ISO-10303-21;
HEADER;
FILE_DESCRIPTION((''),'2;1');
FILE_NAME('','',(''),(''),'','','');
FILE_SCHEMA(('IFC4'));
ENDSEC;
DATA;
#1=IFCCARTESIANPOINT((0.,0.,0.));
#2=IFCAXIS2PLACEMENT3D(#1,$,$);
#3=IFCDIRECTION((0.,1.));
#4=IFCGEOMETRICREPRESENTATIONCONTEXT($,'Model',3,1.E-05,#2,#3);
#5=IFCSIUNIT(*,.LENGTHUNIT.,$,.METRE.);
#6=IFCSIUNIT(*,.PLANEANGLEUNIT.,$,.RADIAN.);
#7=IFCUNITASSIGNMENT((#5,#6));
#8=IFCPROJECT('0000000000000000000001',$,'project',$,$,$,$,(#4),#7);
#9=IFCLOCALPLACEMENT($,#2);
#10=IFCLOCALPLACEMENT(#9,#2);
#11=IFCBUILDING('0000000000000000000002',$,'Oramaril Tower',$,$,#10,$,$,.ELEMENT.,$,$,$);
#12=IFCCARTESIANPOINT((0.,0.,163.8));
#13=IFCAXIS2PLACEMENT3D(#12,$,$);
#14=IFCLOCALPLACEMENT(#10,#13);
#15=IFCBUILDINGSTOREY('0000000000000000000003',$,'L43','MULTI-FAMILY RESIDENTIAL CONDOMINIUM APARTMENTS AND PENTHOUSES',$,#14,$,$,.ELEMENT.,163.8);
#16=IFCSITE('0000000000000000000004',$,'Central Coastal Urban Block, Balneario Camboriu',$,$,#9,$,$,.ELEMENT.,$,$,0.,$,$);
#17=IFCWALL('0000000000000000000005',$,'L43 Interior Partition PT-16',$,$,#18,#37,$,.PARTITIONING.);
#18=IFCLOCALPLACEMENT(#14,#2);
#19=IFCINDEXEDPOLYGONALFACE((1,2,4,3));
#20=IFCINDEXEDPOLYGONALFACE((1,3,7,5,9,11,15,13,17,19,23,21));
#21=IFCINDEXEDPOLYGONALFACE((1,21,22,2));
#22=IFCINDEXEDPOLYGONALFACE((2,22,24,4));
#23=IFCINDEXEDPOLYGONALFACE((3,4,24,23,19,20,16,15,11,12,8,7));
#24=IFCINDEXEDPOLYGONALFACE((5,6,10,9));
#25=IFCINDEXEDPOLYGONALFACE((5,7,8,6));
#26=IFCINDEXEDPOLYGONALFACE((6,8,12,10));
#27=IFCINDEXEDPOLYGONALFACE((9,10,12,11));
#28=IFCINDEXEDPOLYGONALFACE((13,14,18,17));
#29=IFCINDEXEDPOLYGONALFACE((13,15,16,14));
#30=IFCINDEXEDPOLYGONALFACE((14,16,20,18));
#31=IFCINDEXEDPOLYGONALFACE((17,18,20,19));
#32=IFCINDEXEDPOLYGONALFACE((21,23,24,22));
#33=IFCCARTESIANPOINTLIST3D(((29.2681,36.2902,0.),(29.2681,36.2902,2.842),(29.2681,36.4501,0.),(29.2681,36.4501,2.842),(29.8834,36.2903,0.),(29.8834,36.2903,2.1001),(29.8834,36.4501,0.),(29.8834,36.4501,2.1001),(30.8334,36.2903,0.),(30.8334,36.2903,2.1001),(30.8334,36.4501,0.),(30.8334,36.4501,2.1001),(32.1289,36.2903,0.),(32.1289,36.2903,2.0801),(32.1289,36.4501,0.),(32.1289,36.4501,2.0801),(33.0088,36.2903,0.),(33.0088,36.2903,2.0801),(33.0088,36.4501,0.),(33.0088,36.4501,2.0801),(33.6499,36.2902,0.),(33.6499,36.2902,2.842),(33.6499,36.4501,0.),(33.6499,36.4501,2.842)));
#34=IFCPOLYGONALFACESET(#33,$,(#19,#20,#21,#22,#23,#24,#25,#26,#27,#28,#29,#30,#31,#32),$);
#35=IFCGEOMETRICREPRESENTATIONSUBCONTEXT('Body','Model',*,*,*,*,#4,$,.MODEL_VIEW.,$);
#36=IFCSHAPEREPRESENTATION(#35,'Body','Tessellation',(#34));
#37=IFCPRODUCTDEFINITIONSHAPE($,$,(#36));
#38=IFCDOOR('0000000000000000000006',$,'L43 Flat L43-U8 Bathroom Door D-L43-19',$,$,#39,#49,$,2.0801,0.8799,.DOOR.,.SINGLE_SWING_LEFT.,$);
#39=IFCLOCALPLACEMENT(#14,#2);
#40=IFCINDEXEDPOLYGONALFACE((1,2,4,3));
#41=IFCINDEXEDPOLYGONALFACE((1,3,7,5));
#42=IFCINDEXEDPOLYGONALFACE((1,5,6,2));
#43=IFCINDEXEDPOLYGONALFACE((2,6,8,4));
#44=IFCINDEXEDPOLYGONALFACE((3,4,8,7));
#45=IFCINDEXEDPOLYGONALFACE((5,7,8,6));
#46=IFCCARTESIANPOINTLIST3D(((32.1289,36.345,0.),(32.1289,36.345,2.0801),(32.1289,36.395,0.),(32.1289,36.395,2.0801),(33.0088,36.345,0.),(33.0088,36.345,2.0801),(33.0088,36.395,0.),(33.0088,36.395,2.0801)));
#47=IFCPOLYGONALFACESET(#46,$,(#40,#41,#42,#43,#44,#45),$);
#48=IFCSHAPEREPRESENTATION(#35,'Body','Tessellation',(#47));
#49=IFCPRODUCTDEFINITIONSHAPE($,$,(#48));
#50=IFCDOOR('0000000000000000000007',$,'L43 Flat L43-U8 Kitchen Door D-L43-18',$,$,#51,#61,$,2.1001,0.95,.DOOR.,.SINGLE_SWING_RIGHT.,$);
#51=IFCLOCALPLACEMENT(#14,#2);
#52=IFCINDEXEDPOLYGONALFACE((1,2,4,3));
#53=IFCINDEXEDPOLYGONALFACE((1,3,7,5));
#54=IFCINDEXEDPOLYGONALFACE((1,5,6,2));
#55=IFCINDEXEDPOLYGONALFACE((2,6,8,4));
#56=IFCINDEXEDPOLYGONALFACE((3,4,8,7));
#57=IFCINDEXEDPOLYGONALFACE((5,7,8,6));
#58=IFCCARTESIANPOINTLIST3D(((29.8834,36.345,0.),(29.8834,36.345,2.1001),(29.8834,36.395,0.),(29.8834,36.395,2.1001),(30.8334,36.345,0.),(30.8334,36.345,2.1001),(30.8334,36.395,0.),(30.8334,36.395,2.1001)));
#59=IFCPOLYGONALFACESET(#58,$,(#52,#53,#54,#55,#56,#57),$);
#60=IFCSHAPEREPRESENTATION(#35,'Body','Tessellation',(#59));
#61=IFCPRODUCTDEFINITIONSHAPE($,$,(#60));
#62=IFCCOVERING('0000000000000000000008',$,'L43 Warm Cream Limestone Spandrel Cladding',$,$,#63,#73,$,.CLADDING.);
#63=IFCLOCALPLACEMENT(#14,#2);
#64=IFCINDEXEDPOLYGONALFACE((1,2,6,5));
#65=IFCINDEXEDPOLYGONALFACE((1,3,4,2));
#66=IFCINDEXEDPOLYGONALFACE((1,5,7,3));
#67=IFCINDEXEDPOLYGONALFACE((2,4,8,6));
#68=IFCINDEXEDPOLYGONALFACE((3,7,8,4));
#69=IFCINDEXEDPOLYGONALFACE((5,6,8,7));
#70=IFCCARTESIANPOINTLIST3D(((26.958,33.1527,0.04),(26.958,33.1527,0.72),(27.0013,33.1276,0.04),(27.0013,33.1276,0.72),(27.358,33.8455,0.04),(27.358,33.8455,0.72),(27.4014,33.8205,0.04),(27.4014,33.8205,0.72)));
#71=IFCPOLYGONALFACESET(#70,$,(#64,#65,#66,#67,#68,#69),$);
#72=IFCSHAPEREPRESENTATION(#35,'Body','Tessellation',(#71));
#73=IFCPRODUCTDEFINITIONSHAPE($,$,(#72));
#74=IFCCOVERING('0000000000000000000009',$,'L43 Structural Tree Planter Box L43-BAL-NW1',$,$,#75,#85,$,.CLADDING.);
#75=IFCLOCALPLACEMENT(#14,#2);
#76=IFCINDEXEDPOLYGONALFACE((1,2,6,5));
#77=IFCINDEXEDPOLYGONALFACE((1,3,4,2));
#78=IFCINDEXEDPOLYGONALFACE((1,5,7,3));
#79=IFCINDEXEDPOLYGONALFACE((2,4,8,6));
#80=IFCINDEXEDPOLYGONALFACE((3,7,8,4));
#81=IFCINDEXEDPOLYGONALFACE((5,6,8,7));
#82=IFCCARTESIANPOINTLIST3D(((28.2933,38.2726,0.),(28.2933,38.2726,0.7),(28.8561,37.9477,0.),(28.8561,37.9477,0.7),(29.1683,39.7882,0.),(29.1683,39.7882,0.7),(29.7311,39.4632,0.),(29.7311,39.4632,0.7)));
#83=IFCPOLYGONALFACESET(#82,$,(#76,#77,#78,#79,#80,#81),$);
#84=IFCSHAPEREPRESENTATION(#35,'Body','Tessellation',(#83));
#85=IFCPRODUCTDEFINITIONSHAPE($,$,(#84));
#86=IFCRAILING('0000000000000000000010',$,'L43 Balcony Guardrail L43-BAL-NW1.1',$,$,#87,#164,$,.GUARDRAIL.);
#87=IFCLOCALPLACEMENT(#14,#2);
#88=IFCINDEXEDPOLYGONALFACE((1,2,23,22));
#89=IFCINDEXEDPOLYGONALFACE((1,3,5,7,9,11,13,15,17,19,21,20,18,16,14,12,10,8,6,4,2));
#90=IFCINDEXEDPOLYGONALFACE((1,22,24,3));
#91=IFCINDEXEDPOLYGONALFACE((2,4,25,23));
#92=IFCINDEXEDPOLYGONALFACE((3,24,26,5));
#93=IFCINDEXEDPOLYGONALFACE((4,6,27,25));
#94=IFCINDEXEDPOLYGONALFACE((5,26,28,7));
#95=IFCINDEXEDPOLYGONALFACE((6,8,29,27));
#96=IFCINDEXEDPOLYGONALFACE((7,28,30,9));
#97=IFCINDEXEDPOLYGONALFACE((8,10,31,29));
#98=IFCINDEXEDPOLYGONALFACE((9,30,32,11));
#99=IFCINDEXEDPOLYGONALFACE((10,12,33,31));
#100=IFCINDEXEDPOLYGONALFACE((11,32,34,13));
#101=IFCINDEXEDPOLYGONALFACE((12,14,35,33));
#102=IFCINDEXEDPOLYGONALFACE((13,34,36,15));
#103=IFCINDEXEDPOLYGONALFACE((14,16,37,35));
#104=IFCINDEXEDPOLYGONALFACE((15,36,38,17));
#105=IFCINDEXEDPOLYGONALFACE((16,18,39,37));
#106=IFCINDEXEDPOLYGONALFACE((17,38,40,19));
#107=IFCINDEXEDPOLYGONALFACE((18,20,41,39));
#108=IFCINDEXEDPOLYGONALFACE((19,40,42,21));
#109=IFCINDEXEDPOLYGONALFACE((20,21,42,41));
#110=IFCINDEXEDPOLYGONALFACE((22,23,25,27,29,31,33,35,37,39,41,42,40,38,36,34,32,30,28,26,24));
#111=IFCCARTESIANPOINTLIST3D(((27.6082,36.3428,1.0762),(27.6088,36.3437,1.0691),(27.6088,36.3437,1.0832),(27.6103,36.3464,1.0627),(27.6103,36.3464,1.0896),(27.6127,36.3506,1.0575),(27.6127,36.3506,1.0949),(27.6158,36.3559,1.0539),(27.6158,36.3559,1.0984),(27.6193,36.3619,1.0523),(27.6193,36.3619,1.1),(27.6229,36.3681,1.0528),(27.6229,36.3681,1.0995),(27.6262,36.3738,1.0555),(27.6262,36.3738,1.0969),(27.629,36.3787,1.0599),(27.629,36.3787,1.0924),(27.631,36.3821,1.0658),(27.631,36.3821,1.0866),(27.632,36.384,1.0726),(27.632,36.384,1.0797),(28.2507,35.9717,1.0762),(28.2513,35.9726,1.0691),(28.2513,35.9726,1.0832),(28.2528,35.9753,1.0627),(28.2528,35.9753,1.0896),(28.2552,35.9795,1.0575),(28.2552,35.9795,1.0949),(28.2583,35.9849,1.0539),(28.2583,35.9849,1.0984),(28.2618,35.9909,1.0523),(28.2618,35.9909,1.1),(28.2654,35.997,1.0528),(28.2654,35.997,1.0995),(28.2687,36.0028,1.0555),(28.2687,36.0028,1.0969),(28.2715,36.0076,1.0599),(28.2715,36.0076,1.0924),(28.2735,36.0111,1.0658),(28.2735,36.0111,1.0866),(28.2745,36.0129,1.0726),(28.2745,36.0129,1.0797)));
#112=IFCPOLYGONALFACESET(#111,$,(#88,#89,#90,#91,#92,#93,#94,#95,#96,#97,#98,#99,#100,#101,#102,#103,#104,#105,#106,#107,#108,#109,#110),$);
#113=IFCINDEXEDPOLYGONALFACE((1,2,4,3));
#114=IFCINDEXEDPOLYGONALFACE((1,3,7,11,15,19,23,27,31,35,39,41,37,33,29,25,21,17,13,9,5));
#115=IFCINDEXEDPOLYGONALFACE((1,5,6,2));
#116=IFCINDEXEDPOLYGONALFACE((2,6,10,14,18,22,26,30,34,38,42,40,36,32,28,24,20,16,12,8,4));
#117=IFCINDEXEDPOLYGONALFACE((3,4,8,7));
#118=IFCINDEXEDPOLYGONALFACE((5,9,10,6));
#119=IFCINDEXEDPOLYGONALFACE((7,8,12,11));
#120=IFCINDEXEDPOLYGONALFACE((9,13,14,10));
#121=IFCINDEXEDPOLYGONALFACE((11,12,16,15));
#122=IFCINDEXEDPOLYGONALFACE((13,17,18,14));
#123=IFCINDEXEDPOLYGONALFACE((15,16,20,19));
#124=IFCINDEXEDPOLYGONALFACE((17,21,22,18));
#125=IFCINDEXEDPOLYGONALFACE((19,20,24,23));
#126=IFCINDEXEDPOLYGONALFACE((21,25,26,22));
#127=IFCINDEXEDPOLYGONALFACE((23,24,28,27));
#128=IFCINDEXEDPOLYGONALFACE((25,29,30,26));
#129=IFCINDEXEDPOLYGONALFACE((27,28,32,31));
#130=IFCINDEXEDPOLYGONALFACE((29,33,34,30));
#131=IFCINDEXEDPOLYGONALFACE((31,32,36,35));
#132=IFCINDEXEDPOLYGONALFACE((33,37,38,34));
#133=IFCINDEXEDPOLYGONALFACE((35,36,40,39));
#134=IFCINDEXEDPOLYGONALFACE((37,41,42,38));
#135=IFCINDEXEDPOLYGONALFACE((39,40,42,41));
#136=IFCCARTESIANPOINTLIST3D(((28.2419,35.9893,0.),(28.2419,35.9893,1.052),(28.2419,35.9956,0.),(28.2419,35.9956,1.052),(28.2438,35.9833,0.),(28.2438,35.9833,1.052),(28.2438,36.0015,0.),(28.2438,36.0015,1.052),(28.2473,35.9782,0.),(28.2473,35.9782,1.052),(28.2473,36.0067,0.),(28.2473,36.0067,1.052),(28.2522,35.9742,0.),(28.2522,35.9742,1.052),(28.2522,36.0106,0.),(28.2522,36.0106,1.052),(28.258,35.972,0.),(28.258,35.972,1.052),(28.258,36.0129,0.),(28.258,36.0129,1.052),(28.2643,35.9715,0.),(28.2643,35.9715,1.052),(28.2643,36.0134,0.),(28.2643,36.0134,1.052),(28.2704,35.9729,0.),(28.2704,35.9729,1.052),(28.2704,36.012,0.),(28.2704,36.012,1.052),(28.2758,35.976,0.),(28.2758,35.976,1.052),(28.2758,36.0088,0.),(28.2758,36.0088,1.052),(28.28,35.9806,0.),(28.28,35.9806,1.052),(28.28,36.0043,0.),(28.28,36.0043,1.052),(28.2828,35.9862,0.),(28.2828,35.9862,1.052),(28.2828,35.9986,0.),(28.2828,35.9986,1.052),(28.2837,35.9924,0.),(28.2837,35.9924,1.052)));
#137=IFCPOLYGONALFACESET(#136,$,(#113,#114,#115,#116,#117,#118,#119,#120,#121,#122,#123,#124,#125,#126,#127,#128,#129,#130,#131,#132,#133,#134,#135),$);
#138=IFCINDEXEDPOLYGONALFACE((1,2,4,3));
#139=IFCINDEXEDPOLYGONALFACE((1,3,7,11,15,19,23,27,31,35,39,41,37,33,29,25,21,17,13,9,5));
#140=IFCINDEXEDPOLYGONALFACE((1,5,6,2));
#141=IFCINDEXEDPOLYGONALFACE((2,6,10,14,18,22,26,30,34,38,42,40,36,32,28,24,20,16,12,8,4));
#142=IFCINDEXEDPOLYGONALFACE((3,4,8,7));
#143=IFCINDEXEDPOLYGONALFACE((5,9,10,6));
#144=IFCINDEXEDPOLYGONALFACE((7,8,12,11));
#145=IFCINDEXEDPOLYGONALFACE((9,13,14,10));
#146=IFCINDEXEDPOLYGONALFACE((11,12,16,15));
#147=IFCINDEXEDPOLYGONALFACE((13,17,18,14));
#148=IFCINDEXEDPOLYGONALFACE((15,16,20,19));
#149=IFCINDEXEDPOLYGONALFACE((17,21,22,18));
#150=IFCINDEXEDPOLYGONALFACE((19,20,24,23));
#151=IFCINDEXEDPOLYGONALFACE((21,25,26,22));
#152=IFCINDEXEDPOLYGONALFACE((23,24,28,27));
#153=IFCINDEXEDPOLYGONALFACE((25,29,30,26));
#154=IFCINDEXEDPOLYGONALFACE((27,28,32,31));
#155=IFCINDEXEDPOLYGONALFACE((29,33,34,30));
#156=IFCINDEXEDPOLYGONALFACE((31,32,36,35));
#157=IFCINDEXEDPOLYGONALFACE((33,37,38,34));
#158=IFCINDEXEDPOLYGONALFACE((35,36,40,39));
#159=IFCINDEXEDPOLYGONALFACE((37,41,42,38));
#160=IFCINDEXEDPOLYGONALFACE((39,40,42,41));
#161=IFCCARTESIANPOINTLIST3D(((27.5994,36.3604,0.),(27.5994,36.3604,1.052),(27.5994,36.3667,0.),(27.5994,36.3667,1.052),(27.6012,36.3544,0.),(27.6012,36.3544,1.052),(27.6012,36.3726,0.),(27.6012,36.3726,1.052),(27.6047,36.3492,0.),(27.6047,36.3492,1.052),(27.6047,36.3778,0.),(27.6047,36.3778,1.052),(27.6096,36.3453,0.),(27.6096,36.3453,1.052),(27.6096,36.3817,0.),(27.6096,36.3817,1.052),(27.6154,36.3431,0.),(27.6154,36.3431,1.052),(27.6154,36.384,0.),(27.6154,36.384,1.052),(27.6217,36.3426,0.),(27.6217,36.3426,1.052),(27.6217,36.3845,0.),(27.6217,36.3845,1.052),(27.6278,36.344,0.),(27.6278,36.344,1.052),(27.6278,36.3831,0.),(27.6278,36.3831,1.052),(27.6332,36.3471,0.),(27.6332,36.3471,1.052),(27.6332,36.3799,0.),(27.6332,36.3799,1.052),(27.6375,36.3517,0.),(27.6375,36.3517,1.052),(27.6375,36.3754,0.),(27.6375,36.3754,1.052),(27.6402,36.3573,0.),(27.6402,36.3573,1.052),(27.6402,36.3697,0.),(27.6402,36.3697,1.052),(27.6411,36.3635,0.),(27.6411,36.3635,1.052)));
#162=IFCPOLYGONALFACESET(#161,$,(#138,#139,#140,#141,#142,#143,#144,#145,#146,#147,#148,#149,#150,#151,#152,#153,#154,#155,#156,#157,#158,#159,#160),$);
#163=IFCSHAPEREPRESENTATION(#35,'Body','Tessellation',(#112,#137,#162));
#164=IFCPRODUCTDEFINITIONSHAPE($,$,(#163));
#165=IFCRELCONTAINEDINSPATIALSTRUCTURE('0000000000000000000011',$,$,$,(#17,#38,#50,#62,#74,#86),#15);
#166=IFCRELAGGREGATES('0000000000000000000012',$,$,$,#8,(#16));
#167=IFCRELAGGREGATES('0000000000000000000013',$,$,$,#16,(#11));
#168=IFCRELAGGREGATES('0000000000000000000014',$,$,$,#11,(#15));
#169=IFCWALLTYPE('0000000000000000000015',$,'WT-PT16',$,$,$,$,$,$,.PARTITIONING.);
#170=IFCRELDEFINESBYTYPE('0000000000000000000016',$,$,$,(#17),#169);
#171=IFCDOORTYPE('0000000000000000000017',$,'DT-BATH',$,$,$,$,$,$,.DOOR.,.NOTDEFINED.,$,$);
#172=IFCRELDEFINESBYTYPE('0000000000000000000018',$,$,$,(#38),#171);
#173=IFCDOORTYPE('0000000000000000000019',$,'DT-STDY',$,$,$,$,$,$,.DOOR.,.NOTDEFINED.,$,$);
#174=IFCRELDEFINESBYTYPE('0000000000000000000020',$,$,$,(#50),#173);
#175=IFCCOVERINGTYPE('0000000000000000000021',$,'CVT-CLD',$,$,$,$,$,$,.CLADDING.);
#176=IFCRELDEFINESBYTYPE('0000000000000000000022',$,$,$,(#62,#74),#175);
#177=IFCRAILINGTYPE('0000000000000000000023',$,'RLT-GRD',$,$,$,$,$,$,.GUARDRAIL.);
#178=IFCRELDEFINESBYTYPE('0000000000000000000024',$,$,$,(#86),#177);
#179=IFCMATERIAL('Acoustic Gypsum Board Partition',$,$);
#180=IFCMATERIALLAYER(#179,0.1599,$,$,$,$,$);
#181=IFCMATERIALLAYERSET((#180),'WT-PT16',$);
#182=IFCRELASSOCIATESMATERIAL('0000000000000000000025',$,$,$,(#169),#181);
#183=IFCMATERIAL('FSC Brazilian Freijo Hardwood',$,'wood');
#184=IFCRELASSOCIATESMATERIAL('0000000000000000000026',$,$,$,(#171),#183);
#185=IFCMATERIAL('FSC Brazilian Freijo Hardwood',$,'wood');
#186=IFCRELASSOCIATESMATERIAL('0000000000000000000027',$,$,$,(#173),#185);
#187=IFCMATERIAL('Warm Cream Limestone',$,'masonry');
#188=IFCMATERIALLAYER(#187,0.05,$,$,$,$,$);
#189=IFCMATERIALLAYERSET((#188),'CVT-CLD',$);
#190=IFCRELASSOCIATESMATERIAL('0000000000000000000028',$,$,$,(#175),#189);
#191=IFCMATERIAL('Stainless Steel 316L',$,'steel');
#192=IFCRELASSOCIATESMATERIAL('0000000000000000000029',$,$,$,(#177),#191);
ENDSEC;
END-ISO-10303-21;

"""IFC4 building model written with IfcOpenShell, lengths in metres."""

from ifc_helpers import new_model, si_unit, direction, frame, frame_2d, origin, origin_2d, place, context, subcontext, project, spatial, rectangle, circle, extrude, material, layer, layer_set, type_object, element, fill, save


model = new_model("IFC4")

# Units and contexts
model_context = context("Model", 3, precision=1e-05, world=origin(), true_north=direction((0.0, 1.0)))
body_context = subcontext(model_context, "Body", "Model", "MODEL_VIEW")
ifc_project = project(units=[si_unit("LENGTHUNIT", "METRE"), si_unit("PLANEANGLEUNIT", "RADIAN")], contexts=[model_context])

# Site, building, storey
site_placement = place(None, origin())
site = spatial("IfcSite", under=ifc_project, at=site_placement, Name="Central Coastal Urban Block, Balneario Camboriu", CompositionType="ELEMENT", RefElevation=0.0)
building_placement = place(site_placement, origin())
building = spatial("IfcBuilding", under=site, at=building_placement, Name="Oramaril Tower", CompositionType="ELEMENT")
storey_placement = place(building_placement, frame((0.0, 0.0, 163.8)))
storey = spatial("IfcBuildingStorey", under=building, at=storey_placement, Name="L43", Description="MULTI-FAMILY RESIDENTIAL CONDOMINIUM APARTMENTS AND PENTHOUSES", CompositionType="ELEMENT", Elevation=163.8)

# Wall, openings, doors
ifc_material_1 = material(Name="Acoustic Gypsum Board Partition")
ifc_layer_1 = layer(ifc_material_1, 0.1599)
ifc_layer_set_1 = layer_set([ifc_layer_1], Name="WT-PT16")
wall_type_1 = type_object("IfcWallType", Name="WT-PT16", PredefinedType="PARTITIONING", material=ifc_layer_set_1)
wall_1_placement = place(storey_placement, frame((29.2681, 36.3701, 0.0), z_axis=(0.0, 0.0, 1.0), x_axis=(1.0, 0.0, 0.0)))
wall_1 = element("IfcWall", 1, at=wall_1_placement, inside=storey, type_object=wall_type_1, Name="L43 Interior Partition PT-16", PredefinedType="PARTITIONING", context=body_context, shape_type="SweptSolid", body=[
    extrude(rectangle(XDim=4.3818, YDim=0.1599, at=frame_2d((2.1909, 0.0))), origin(), (0.0, 0.0, 1.0), 2.842),
])
opening_1_placement = place(wall_1_placement, frame((0.6152, 0.0, 0.0)))
opening_1 = element("IfcOpeningElement", 2, at=opening_1_placement, cuts=wall_1, PredefinedType="OPENING", context=body_context, shape_type="SweptSolid", body=[
    extrude(rectangle(XDim=0.95, YDim=2.1001, at=frame_2d((0.4751, 1.05))), frame((0.0, 0.0801, 0.0), z_axis=(0.0, -1.0, 0.0), x_axis=(1.0, 0.0, 0.0)), (0.0, 0.0, 1.0), 0.1599),
])
opening_2_placement = place(wall_1_placement, frame((2.8608, 0.0, 0.0)))
opening_2 = element("IfcOpeningElement", 3, at=opening_2_placement, cuts=wall_1, PredefinedType="OPENING", context=body_context, shape_type="SweptSolid", body=[
    extrude(rectangle(XDim=0.8799, YDim=2.0801, at=frame_2d((0.4399, 1.04))), frame((0.0, 0.0801, 0.0), z_axis=(0.0, -1.0, 0.0), x_axis=(1.0, 0.0, 0.0)), (0.0, 0.0, 1.0), 0.1599),
])
ifc_material_2 = material(Name="FSC Brazilian Freijo Hardwood", Category="wood")
door_type_1 = type_object("IfcDoorType", Name="DT-BATH", OperationType="NOTDEFINED", PredefinedType="DOOR", material=ifc_material_2)
door_1_placement = place(opening_2_placement, origin())
door_1 = element("IfcDoor", 4, at=door_1_placement, inside=storey, type_object=door_type_1, Name="L43 Flat L43-U8 Bathroom Door D-L43-19", OperationType="SINGLE_SWING_LEFT", OverallHeight=2.0801, OverallWidth=0.8799, PredefinedType="DOOR", context=body_context, shape_type="SweptSolid", body=[
    extrude(rectangle(XDim=0.8799, YDim=2.0801, at=frame_2d((0.4399, 1.04))), frame((0.0, 0.0249, 0.0), z_axis=(0.0, -1.0, 0.0), x_axis=(1.0, 0.0, 0.0)), (0.0, 0.0, 1.0), 0.05),
])
fill(opening_2, door_1)
ifc_material_3 = material(Name="FSC Brazilian Freijo Hardwood", Category="wood")
door_type_2 = type_object("IfcDoorType", Name="DT-STDY", OperationType="NOTDEFINED", PredefinedType="DOOR", material=ifc_material_3)
door_2_placement = place(opening_1_placement, origin())
door_2 = element("IfcDoor", 5, at=door_2_placement, inside=storey, type_object=door_type_2, Name="L43 Flat L43-U8 Kitchen Door D-L43-18", OperationType="SINGLE_SWING_RIGHT", OverallHeight=2.1001, OverallWidth=0.95, PredefinedType="DOOR", context=body_context, shape_type="SweptSolid", body=[
    extrude(rectangle(XDim=0.95, YDim=2.1001, at=frame_2d((0.4751, 1.05))), frame((0.0, 0.0249, 0.0), z_axis=(0.0, -1.0, 0.0), x_axis=(1.0, 0.0, 0.0)), (0.0, 0.0, 1.0), 0.05),
])
fill(opening_1, door_2)

# Coverings
ifc_material_4 = material(Name="Warm Cream Limestone", Category="masonry")
ifc_layer_2 = layer(ifc_material_4, 0.05)
ifc_layer_set_2 = layer_set([ifc_layer_2], Name="CVT-CLD")
covering_type = type_object("IfcCoveringType", Name="CVT-CLD", PredefinedType="CLADDING", material=ifc_layer_set_2)
covering_1_placement = place(storey_placement, frame((27.1797, 33.4866, 0.04), z_axis=(0.0, 0.0, 1.0), x_axis=(-0.5, -0.866025, 0.0)))
element("IfcCovering", 6, at=covering_1_placement, inside=storey, type_object=covering_type, Name="L43 Warm Cream Limestone Spandrel Cladding", PredefinedType="CLADDING", context=body_context, shape_type="SweptSolid", body=[
    extrude(rectangle(XDim=0.8, YDim=0.05, at=origin_2d()), origin(), (0.0, 0.0, 1.0), 0.6799),
])
covering_2_placement = place(storey_placement, frame((29.0122, 38.8679, 0.0), z_axis=(0.0, 0.0, 1.0), x_axis=(-0.500002, -0.866025, 0.0)))
element("IfcCovering", 7, at=covering_2_placement, inside=storey, type_object=covering_type, Name="L43 Structural Tree Planter Box L43-BAL-NW1", PredefinedType="CLADDING", context=body_context, shape_type="SweptSolid", body=[
    extrude(rectangle(XDim=1.75, YDim=0.6499, at=origin_2d()), origin(), (0.0, 0.0, 1.0), 0.7),
])

# Railing
ifc_material_5 = material(Name="Stainless Steel 316L", Category="steel")
railing_type = type_object("IfcRailingType", Name="RLT-GRD", PredefinedType="GUARDRAIL", material=ifc_material_5)
railing_1_placement = place(storey_placement, frame((28.2627, 35.9924, 0.0)))
element("IfcRailing", 8, at=railing_1_placement, inside=storey, type_object=railing_type, Name="L43 Balcony Guardrail L43-BAL-NW1.1", PredefinedType="GUARDRAIL", context=body_context, shape_type="SweptSolid", body=[
    extrude(circle(Radius=0.0239, at=origin_2d()), frame((0.0, 0.0, 1.0762), z_axis=(-0.865966, 0.500102, 0.0), x_axis=(-0.500102, -0.865966, 0.0)), (0.0, 0.0, 1.0), 0.7419),
    extrude(circle(Radius=0.021, at=origin_2d()), origin(), (0.0, 0.0, 1.0), 1.052),
    extrude(circle(Radius=0.021, at=origin_2d()), frame((-0.6426, 0.3711, 0.0)), (0.0, 0.0, 1.0), 1.052),
])

save(model, "model.ifc")
